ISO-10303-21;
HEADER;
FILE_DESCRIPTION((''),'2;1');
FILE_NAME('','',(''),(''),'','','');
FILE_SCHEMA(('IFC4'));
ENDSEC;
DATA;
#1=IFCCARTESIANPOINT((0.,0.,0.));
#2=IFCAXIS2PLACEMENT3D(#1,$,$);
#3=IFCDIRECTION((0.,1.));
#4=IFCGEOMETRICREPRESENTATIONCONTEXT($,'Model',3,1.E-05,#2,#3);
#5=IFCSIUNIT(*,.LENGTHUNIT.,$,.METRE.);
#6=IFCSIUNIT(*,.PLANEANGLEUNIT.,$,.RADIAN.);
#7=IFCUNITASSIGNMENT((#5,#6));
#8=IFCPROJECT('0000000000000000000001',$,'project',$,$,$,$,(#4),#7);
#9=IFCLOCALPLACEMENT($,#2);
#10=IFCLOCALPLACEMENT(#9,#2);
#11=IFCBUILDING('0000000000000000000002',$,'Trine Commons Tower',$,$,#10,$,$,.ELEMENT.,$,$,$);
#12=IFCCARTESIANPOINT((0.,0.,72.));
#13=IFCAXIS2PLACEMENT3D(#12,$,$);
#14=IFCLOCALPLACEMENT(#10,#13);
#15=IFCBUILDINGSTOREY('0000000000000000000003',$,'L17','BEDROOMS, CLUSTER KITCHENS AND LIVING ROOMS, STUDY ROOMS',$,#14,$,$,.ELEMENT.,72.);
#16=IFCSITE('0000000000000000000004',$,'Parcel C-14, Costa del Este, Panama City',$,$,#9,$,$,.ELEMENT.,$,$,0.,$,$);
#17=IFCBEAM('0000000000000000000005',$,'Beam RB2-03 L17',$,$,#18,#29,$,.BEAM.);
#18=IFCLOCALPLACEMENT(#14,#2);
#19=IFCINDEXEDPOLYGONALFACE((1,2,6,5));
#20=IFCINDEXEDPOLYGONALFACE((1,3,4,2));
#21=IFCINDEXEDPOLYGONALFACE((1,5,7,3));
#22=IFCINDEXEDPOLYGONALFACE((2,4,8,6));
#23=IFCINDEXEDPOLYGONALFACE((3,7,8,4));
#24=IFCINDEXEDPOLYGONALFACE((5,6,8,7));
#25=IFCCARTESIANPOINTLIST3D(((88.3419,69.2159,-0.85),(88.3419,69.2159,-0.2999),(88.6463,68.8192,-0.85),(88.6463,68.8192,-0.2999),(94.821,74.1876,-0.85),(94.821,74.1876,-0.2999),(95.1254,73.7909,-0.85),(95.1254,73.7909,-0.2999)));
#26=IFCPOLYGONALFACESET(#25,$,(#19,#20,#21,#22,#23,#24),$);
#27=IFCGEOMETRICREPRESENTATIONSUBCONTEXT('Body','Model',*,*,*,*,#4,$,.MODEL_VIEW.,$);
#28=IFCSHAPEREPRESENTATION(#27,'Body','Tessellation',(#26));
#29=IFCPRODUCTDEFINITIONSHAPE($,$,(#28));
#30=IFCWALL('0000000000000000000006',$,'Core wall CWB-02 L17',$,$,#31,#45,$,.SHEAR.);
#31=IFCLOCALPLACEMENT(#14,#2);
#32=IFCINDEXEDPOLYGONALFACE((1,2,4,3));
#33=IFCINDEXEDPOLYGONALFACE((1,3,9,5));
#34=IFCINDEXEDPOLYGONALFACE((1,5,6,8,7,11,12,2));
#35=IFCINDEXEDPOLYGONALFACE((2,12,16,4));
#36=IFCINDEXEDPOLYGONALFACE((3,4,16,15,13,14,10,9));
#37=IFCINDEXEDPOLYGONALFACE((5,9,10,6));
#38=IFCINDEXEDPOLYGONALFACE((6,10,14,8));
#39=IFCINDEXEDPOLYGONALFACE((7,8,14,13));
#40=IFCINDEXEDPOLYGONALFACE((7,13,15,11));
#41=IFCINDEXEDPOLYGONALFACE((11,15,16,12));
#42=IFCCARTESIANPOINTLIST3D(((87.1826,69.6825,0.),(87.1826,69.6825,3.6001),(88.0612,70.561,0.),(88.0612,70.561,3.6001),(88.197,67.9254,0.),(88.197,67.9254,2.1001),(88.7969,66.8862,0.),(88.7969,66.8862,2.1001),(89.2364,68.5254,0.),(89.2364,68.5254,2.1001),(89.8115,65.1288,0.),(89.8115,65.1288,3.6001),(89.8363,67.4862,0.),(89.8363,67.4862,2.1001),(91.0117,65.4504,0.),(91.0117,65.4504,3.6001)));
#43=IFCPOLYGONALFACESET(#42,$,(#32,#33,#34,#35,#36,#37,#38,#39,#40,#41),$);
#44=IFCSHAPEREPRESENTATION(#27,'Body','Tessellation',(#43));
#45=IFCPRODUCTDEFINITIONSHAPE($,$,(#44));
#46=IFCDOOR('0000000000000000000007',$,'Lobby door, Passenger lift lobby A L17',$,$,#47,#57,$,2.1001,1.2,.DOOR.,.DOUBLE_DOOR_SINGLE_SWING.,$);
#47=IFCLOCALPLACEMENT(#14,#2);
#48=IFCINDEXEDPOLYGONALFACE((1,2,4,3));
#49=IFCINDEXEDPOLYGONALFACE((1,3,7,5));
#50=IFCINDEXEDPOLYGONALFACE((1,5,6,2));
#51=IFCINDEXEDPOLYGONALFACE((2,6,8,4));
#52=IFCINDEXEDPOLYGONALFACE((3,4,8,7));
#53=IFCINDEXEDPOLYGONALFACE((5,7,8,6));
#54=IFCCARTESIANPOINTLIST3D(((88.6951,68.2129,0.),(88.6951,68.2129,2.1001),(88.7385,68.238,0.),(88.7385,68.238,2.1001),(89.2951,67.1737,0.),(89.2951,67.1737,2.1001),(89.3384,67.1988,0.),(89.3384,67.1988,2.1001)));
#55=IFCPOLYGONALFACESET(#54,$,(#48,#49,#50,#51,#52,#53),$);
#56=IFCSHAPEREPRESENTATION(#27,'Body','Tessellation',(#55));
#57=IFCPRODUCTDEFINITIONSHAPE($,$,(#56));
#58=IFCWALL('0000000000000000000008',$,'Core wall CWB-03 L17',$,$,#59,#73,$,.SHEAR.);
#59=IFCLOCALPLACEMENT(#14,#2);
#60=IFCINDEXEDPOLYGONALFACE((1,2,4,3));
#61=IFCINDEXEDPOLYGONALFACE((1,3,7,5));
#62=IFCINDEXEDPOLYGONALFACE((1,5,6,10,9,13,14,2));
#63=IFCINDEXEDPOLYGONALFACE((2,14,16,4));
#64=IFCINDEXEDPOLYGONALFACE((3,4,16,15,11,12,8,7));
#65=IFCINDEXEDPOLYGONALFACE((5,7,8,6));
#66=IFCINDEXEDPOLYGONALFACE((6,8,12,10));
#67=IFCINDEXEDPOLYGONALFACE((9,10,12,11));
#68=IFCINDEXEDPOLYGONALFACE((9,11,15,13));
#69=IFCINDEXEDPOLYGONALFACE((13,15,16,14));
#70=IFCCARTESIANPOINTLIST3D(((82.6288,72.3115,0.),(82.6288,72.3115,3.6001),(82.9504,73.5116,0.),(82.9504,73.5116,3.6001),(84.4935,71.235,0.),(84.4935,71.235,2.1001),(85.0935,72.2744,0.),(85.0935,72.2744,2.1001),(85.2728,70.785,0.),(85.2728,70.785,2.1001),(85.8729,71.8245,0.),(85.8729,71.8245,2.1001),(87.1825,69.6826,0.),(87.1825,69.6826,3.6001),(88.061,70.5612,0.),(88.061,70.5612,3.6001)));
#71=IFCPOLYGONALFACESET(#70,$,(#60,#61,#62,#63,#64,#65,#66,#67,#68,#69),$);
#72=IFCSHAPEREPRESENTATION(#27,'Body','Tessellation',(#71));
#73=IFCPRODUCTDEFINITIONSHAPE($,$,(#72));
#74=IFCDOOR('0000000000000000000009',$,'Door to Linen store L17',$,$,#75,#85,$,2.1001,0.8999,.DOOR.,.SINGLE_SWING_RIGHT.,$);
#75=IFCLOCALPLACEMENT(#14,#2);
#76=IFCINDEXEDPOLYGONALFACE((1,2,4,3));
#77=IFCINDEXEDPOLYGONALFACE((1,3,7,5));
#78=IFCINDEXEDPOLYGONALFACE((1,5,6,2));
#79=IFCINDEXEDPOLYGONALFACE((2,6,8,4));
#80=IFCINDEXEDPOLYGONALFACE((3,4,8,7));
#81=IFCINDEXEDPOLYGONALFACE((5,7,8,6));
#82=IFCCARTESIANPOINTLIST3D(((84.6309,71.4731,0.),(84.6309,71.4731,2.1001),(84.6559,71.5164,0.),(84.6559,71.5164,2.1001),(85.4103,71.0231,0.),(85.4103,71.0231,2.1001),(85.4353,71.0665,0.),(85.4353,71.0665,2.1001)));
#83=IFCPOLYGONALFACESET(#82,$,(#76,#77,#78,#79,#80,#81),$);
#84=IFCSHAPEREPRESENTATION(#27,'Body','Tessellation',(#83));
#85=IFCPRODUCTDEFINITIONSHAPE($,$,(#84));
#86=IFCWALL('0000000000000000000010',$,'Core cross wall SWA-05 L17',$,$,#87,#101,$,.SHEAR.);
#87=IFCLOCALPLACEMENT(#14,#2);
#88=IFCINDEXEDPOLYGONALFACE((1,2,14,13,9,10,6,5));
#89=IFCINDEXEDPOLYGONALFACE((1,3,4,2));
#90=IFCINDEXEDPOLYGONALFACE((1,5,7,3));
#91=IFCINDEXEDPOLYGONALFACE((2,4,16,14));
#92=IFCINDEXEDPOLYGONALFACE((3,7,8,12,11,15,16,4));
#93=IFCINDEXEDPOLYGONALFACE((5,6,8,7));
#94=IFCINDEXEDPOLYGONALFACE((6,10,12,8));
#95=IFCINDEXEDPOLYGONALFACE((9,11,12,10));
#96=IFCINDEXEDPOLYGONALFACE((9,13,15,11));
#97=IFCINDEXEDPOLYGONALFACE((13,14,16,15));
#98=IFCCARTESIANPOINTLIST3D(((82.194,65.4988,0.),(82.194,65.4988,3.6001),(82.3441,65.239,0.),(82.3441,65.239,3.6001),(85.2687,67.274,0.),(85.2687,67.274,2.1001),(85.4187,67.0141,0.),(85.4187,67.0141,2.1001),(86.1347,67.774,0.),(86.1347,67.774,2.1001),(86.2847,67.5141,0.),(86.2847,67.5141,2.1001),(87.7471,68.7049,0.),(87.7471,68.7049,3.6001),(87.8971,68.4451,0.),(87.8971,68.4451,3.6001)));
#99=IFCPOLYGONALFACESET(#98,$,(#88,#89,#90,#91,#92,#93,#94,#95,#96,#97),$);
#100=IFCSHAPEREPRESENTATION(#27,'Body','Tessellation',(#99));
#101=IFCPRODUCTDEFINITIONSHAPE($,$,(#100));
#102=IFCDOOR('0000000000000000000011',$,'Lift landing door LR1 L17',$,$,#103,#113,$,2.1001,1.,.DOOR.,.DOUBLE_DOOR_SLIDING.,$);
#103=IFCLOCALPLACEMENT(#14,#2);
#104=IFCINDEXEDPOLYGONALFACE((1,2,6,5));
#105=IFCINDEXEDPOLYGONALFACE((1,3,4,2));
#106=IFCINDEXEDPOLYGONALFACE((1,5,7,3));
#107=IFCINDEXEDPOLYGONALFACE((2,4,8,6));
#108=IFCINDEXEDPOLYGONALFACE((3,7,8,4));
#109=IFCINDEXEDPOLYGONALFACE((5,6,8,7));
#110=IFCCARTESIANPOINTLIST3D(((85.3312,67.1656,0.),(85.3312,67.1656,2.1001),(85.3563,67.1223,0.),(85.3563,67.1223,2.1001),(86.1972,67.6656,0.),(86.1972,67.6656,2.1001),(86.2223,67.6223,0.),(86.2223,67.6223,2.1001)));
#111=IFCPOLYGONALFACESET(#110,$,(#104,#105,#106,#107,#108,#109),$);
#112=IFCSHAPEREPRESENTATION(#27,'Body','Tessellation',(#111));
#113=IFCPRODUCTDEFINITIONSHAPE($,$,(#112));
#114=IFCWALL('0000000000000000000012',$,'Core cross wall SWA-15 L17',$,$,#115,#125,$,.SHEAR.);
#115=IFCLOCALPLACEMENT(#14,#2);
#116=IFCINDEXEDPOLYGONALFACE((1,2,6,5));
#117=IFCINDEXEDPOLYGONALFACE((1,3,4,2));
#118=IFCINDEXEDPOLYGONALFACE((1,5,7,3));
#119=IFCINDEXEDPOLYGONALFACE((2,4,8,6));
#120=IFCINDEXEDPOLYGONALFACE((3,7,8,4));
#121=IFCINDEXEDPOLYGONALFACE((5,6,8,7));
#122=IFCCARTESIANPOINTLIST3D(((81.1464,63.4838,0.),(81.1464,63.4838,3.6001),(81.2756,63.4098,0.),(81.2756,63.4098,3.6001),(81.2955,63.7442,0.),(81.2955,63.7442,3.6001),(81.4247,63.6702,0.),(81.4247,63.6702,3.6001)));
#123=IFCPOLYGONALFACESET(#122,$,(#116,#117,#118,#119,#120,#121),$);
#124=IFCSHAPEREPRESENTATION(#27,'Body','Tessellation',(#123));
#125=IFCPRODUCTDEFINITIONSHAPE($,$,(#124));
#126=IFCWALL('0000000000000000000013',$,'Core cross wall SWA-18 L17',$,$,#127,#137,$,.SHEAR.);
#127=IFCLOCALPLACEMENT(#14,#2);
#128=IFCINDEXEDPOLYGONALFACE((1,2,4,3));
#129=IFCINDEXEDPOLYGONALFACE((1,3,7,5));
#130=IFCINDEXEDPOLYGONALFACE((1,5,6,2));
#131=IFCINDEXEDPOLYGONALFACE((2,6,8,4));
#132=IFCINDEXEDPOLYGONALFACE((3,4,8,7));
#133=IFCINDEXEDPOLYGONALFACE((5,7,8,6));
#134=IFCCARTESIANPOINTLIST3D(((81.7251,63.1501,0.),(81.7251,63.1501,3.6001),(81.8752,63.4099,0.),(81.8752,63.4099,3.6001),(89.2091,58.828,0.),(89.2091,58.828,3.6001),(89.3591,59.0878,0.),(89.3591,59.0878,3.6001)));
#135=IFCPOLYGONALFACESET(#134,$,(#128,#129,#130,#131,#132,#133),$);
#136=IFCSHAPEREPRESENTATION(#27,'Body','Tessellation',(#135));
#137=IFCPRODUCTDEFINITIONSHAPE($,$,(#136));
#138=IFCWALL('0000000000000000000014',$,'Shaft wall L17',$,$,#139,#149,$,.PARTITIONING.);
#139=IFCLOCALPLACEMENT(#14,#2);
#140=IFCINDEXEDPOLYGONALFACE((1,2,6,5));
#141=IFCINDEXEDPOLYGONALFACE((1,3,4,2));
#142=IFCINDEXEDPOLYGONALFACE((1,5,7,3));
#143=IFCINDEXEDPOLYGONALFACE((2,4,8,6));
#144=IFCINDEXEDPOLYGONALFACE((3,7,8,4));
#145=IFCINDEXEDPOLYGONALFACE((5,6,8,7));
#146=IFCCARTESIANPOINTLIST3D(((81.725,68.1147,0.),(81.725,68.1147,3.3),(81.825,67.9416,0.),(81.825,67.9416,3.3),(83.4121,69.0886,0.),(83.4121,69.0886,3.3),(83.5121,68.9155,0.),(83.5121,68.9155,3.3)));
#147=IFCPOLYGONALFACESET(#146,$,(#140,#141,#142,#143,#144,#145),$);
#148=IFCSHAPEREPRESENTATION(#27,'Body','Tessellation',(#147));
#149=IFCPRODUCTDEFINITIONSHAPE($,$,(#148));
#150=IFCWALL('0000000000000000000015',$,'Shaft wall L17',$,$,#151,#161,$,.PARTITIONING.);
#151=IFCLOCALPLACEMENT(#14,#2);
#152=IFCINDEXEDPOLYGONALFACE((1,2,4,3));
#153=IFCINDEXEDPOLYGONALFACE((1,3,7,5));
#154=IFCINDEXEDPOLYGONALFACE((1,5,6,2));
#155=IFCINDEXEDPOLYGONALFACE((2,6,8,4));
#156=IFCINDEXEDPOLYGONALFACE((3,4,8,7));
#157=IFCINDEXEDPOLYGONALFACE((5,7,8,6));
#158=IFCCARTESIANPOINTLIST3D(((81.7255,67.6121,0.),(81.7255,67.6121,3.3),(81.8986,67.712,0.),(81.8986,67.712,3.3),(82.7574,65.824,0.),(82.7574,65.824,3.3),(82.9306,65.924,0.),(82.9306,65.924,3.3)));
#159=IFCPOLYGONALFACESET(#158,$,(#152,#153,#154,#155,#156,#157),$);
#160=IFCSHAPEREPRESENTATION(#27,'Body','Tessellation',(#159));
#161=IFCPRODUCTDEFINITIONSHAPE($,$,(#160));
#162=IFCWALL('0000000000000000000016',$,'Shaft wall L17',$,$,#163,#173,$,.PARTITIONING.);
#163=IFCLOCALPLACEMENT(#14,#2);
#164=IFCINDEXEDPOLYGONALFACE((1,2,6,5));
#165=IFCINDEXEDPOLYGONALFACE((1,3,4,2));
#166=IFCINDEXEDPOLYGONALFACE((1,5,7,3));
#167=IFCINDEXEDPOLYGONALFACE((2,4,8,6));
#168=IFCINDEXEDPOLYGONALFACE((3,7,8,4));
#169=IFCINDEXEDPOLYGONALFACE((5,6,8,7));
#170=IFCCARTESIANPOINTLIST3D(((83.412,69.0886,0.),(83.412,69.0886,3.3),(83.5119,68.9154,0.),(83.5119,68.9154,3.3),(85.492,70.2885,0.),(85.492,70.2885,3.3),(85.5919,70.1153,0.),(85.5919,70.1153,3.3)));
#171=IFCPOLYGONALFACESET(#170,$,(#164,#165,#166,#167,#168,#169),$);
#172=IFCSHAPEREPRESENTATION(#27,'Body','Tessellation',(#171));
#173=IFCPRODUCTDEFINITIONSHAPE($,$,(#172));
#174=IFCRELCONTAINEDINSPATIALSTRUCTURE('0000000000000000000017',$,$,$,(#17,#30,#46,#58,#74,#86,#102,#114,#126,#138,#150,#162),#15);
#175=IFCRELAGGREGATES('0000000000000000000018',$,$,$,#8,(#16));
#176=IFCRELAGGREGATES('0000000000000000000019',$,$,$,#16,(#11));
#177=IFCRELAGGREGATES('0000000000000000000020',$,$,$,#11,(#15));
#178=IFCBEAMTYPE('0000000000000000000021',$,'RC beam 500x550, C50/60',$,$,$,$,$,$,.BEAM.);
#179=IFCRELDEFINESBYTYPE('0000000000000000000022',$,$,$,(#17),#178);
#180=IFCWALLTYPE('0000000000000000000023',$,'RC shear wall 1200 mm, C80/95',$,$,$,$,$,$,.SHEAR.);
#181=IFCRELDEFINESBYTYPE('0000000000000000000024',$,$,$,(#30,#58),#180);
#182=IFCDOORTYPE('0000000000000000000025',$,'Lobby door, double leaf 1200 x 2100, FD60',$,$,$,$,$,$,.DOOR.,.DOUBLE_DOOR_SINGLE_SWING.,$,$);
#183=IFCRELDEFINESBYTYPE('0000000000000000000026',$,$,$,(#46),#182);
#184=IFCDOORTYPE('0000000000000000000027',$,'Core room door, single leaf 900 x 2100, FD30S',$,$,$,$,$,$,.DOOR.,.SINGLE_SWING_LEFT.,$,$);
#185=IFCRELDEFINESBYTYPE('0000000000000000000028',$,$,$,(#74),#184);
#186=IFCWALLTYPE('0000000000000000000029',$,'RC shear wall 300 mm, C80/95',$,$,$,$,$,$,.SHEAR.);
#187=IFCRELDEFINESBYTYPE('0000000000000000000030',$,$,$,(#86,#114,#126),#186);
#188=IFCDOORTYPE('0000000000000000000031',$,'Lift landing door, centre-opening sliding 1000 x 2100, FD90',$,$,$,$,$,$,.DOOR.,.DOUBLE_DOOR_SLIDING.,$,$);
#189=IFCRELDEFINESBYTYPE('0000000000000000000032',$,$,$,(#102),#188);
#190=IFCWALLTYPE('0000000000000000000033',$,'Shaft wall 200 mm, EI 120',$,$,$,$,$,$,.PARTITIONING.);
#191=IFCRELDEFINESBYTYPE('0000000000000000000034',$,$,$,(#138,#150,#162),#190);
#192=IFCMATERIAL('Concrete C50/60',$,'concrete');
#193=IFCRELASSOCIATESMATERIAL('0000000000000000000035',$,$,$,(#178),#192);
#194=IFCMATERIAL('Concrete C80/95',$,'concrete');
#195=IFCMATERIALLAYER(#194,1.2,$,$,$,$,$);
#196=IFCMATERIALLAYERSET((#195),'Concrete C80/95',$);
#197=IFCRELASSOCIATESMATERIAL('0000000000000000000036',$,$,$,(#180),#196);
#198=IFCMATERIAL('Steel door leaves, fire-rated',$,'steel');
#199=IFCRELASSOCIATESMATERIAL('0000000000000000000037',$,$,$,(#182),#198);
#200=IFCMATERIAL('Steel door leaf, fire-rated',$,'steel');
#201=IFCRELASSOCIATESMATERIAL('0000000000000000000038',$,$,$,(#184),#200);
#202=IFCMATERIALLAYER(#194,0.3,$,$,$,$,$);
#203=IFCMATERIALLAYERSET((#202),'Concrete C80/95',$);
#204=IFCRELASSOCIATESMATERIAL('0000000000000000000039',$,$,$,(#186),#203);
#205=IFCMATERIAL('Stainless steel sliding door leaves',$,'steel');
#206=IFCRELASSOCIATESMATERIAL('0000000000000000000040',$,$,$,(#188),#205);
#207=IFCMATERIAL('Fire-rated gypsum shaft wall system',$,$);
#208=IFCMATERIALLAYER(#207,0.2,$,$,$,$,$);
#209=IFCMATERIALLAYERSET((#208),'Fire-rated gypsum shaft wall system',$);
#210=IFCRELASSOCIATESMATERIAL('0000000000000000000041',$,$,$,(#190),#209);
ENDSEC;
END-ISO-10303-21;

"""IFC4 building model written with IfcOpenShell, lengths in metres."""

from ifc_helpers import new_model, si_unit, direction, frame, frame_2d, origin, origin_2d, place, context, subcontext, project, spatial, polyline, rectangle, outline, extrude, material, layer, layer_set, material_profile, profile_set, type_object, element, fill, save


model = new_model("IFC4")

# Units and contexts
model_context = context("Model", 3, precision=1e-05, world=origin(), true_north=direction((0.0, 1.0)))
body_context = subcontext(model_context, "Body", "Model", "MODEL_VIEW")
ifc_project = project(units=[si_unit("LENGTHUNIT", "METRE"), si_unit("PLANEANGLEUNIT", "RADIAN")], contexts=[model_context])

# Site, building, storey
site_placement = place(None, origin())
site = spatial("IfcSite", under=ifc_project, at=site_placement, Name="Parcel C-14, Costa del Este, Panama City", CompositionType="ELEMENT", RefElevation=0.0)
building_placement = place(site_placement, origin())
building = spatial("IfcBuilding", under=site, at=building_placement, Name="Trine Commons Tower", CompositionType="ELEMENT")
storey_placement = place(building_placement, frame((0.0, 0.0, 72.0)))
storey = spatial("IfcBuildingStorey", under=building, at=storey_placement, Name="L17", Description="BEDROOMS, CLUSTER KITCHENS AND LIVING ROOMS, STUDY ROOMS", CompositionType="ELEMENT", Elevation=72.0)

# Beam
ifc_material_1 = material(Name="Concrete C50/60", Category="concrete")
ifc_material_profile = material_profile(ifc_material_1, rectangle(XDim=0.5, YDim=0.55, at=origin_2d()), Name="RC 500x550")
ifc_profile_set = profile_set([ifc_material_profile], Name="Concrete C50/60")
beam_type = type_object("IfcBeamType", Name="RC beam 500x550, C50/60", PredefinedType="BEAM", material=ifc_profile_set)
beam_placement = place(storey_placement, frame((88.4941, 69.0176, -0.575), z_axis=(0.793344, 0.608774, 0.0), x_axis=(-0.608774, 0.793344, 0.0)))
element("IfcBeam", 1, at=beam_placement, inside=storey, type_object=beam_type, Name="Beam RB2-03 L17", PredefinedType="BEAM", context=body_context, shape_type="SweptSolid", body=[
    extrude(rectangle(XDim=0.5, YDim=0.55, at=origin_2d()), origin(), (0.0, 0.0, 1.0), 8.1667),
])

# Walls, openings, doors
ifc_material_2 = material(Name="Concrete C80/95", Category="concrete")
ifc_layer_1 = layer(ifc_material_2, 1.2)
ifc_layer_set_1 = layer_set([ifc_layer_1], Name="Concrete C80/95")
wall_type_1 = type_object("IfcWallType", Name="RC shear wall 1200 mm, C80/95", PredefinedType="SHEAR", material=ifc_layer_set_1)
wall_1_placement = place(storey_placement, frame((90.4919, 65.1504, 0.0), z_axis=(0.0, 0.0, 1.0), x_axis=(-0.499979, 0.866037, 0.0)))
wall_1 = element("IfcWall", 2, at=wall_1_placement, inside=storey, type_object=wall_type_1, Name="Core wall CWB-02 L17", PredefinedType="SHEAR", context=body_context, shape_type="SweptSolid", body=[
    extrude(outline(polyline([(0.0, -0.6001), (5.9011, -0.6001), (5.5796, 0.6001), (0.3215, 0.6001), (0.0, -0.6001)])), origin(), (0.0, 0.0, 1.0), 3.6001),
])
opening_1_placement = place(wall_1_placement, frame((2.3506, 0.0, 0.0)))
opening_1 = element("IfcOpeningElement", 3, at=opening_1_placement, cuts=wall_1, PredefinedType="OPENING", context=body_context, shape_type="SweptSolid", body=[
    extrude(rectangle(XDim=1.2, YDim=2.1001, at=frame_2d((0.6001, 1.05))), frame((0.0, 0.6099, 0.0), z_axis=(0.0, -1.0, 0.0), x_axis=(1.0, 0.0, 0.0)), (0.0, 0.0, 1.0), 1.22),
])
ifc_material_3 = material(Name="Steel door leaves, fire-rated", Category="steel")
door_type_1 = type_object("IfcDoorType", Name="Lobby door, double leaf 1200 x 2100, FD60", OperationType="DOUBLE_DOOR_SINGLE_SWING", PredefinedType="DOOR", material=ifc_material_3)
door_1_placement = place(opening_1_placement, origin())
door_1 = element("IfcDoor", 4, at=door_1_placement, inside=storey, type_object=door_type_1, Name="Lobby door, Passenger lift lobby A L17", OperationType="DOUBLE_DOOR_SINGLE_SWING", OverallHeight=2.1001, OverallWidth=1.2, PredefinedType="DOOR", context=body_context, shape_type="SweptSolid", body=[
    extrude(rectangle(XDim=1.2, YDim=2.1001, at=frame_2d((0.6001, 1.05))), frame((0.0, 0.0249, 0.0), z_axis=(0.0, -1.0, 0.0), x_axis=(1.0, 0.0, 0.0)), (0.0, 0.0, 1.0), 0.05),
])
fill(opening_1, door_1)
wall_2_placement = place(storey_placement, frame((87.761, 70.0415, 0.0), z_axis=(0.0, 0.0, 1.0), x_axis=(-0.866037, 0.499979, 0.0)))
wall_2 = element("IfcWall", 5, at=wall_2_placement, inside=storey, type_object=wall_type_1, Name="Core wall CWB-03 L17", PredefinedType="SHEAR", context=body_context, shape_type="SweptSolid", body=[
    extrude(outline(polyline([(0.0, -0.6001), (5.9011, -0.6001), (5.5796, 0.6001), (0.3215, 0.6001), (0.0, -0.6001)])), origin(), (0.0, 0.0, 1.0), 3.6001),
])
opening_2_placement = place(wall_2_placement, frame((2.5266, 0.0, 0.0)))
opening_2 = element("IfcOpeningElement", 6, at=opening_2_placement, cuts=wall_2, PredefinedType="OPENING", context=body_context, shape_type="SweptSolid", body=[
    extrude(rectangle(XDim=0.8999, YDim=2.1001, at=frame_2d((0.45, 1.05))), frame((0.0, 0.6099, 0.0), z_axis=(0.0, -1.0, 0.0), x_axis=(1.0, 0.0, 0.0)), (0.0, 0.0, 1.0), 1.22),
])
ifc_material_4 = material(Name="Steel door leaf, fire-rated", Category="steel")
door_type_2 = type_object("IfcDoorType", Name="Core room door, single leaf 900 x 2100, FD30S", OperationType="SINGLE_SWING_LEFT", PredefinedType="DOOR", material=ifc_material_4)
door_2_placement = place(opening_2_placement, origin())
door_2 = element("IfcDoor", 7, at=door_2_placement, inside=storey, type_object=door_type_2, Name="Door to Linen store L17", OperationType="SINGLE_SWING_RIGHT", OverallHeight=2.1001, OverallWidth=0.8999, PredefinedType="DOOR", context=body_context, shape_type="SweptSolid", body=[
    extrude(rectangle(XDim=0.8999, YDim=2.1001, at=frame_2d((0.45, 1.05))), frame((0.0, 0.3252, 0.0), z_axis=(0.0, -1.0, 0.0), x_axis=(1.0, 0.0, 0.0)), (0.0, 0.0, 1.0), 0.05),
])
fill(opening_2, door_2)
ifc_layer_2 = layer(ifc_material_2, 0.3)
ifc_layer_set_2 = layer_set([ifc_layer_2], Name="Concrete C80/95")
wall_type_2 = type_object("IfcWallType", Name="RC shear wall 300 mm, C80/95", PredefinedType="SHEAR", material=ifc_layer_set_2)
wall_3_placement = place(storey_placement, frame((82.269, 65.3689, 0.0), z_axis=(0.0, 0.0, 1.0), x_axis=(0.866023, 0.500005, 0.0)))
wall_3 = element("IfcWall", 8, at=wall_3_placement, inside=storey, type_object=wall_type_2, Name="Core cross wall SWA-05 L17", PredefinedType="SHEAR", context=body_context, shape_type="SweptSolid", body=[
    extrude(rectangle(XDim=6.4121, YDim=0.3, at=frame_2d((3.2061, 0.0))), origin(), (0.0, 0.0, 1.0), 3.6001),
])
opening_3_placement = place(wall_3_placement, frame((3.5503, 0.0, 0.0)))
opening_3 = element("IfcOpeningElement", 9, at=opening_3_placement, cuts=wall_3, PredefinedType="OPENING", context=body_context, shape_type="SweptSolid", body=[
    extrude(rectangle(XDim=1.0, YDim=2.1001, at=frame_2d((0.5, 1.05))), frame((0.0, 0.1599, 0.0), z_axis=(0.0, -1.0, 0.0), x_axis=(1.0, 0.0, 0.0)), (0.0, 0.0, 1.0), 0.3201),
])
ifc_material_5 = material(Name="Stainless steel sliding door leaves", Category="steel")
door_type_3 = type_object("IfcDoorType", Name="Lift landing door, centre-opening sliding 1000 x 2100, FD90", OperationType="DOUBLE_DOOR_SLIDING", PredefinedType="DOOR", material=ifc_material_5)
door_3_placement = place(opening_3_placement, origin())
door_3 = element("IfcDoor", 10, at=door_3_placement, inside=storey, type_object=door_type_3, Name="Lift landing door LR1 L17", OperationType="DOUBLE_DOOR_SLIDING", OverallHeight=2.1001, OverallWidth=1.0, PredefinedType="DOOR", context=body_context, shape_type="SweptSolid", body=[
    extrude(rectangle(XDim=1.0, YDim=2.1001, at=frame_2d((0.5, 1.05))), frame((0.0, 0.0249, 0.0), z_axis=(0.0, -1.0, 0.0), x_axis=(1.0, 0.0, 0.0)), (0.0, 0.0, 1.0), 0.05),
])
fill(opening_3, door_3)

# Walls
wall_4_placement = place(storey_placement, frame((81.2209, 63.614, 0.0), z_axis=(0.0, 0.0, 1.0), x_axis=(0.867738, -0.497022, 0.0)))
element("IfcWall", 11, at=wall_4_placement, inside=storey, type_object=wall_type_2, Name="Core cross wall SWA-15 L17", PredefinedType="SHEAR", context=body_context, shape_type="SweptSolid", body=[
    extrude(rectangle(XDim=0.1489, YDim=0.3, at=frame_2d((0.0745, 0.0))), origin(), (0.0, 0.0, 1.0), 3.6001),
])
wall_5_placement = place(storey_placement, frame((81.8, 63.28, 0.0), z_axis=(0.0, 0.0, 1.0), x_axis=(0.865965, -0.500104, 0.0)))
element("IfcWall", 12, at=wall_5_placement, inside=storey, type_object=wall_type_2, Name="Core cross wall SWA-18 L17", PredefinedType="SHEAR", context=body_context, shape_type="SweptSolid", body=[
    extrude(rectangle(XDim=8.6423, YDim=0.3, at=frame_2d((4.3213, 0.0))), origin(), (0.0, 0.0, 1.0), 3.6001),
])
ifc_material_6 = material(Name="Fire-rated gypsum shaft wall system")
ifc_layer_3 = layer(ifc_material_6, 0.2)
ifc_layer_set_3 = layer_set([ifc_layer_3], Name="Fire-rated gypsum shaft wall system")
wall_type_3 = type_object("IfcWallType", Name="Shaft wall 200 mm, EI 120", PredefinedType="PARTITIONING", material=ifc_layer_set_3)
wall_6_placement = place(storey_placement, frame((81.7749, 68.0281, 0.0), z_axis=(0.0, 0.0, 1.0), x_axis=(0.866052, 0.499954, 0.0)))
element("IfcWall", 13, at=wall_6_placement, inside=storey, type_object=wall_type_3, Name="Shaft wall L17", PredefinedType="PARTITIONING", context=body_context, shape_type="SweptSolid", body=[
    extrude(rectangle(XDim=1.948, YDim=0.2, at=frame_2d((0.9741, 0.0))), origin(), (0.0, 0.0, 1.0), 3.3),
])
wall_7_placement = place(storey_placement, frame((82.844, 65.874, 0.0), z_axis=(0.0, 0.0, 1.0), x_axis=(-0.499866, 0.866103, 0.0)))
element("IfcWall", 14, at=wall_7_placement, inside=storey, type_object=wall_type_3, Name="Shaft wall L17", PredefinedType="PARTITIONING", context=body_context, shape_type="SweptSolid", body=[
    extrude(rectangle(XDim=2.0645, YDim=0.2, at=frame_2d((1.0322, 0.0))), origin(), (0.0, 0.0, 1.0), 3.3),
])
wall_8_placement = place(storey_placement, frame((83.4619, 69.002, 0.0), z_axis=(0.0, 0.0, 1.0), x_axis=(0.866203, 0.499693, 0.0)))
element("IfcWall", 15, at=wall_8_placement, inside=storey, type_object=wall_type_3, Name="Shaft wall L17", PredefinedType="PARTITIONING", context=body_context, shape_type="SweptSolid", body=[
    extrude(rectangle(XDim=2.4014, YDim=0.2, at=frame_2d((1.2007, 0.0))), origin(), (0.0, 0.0, 1.0), 3.3),
])

save(model, "model.ifc")
